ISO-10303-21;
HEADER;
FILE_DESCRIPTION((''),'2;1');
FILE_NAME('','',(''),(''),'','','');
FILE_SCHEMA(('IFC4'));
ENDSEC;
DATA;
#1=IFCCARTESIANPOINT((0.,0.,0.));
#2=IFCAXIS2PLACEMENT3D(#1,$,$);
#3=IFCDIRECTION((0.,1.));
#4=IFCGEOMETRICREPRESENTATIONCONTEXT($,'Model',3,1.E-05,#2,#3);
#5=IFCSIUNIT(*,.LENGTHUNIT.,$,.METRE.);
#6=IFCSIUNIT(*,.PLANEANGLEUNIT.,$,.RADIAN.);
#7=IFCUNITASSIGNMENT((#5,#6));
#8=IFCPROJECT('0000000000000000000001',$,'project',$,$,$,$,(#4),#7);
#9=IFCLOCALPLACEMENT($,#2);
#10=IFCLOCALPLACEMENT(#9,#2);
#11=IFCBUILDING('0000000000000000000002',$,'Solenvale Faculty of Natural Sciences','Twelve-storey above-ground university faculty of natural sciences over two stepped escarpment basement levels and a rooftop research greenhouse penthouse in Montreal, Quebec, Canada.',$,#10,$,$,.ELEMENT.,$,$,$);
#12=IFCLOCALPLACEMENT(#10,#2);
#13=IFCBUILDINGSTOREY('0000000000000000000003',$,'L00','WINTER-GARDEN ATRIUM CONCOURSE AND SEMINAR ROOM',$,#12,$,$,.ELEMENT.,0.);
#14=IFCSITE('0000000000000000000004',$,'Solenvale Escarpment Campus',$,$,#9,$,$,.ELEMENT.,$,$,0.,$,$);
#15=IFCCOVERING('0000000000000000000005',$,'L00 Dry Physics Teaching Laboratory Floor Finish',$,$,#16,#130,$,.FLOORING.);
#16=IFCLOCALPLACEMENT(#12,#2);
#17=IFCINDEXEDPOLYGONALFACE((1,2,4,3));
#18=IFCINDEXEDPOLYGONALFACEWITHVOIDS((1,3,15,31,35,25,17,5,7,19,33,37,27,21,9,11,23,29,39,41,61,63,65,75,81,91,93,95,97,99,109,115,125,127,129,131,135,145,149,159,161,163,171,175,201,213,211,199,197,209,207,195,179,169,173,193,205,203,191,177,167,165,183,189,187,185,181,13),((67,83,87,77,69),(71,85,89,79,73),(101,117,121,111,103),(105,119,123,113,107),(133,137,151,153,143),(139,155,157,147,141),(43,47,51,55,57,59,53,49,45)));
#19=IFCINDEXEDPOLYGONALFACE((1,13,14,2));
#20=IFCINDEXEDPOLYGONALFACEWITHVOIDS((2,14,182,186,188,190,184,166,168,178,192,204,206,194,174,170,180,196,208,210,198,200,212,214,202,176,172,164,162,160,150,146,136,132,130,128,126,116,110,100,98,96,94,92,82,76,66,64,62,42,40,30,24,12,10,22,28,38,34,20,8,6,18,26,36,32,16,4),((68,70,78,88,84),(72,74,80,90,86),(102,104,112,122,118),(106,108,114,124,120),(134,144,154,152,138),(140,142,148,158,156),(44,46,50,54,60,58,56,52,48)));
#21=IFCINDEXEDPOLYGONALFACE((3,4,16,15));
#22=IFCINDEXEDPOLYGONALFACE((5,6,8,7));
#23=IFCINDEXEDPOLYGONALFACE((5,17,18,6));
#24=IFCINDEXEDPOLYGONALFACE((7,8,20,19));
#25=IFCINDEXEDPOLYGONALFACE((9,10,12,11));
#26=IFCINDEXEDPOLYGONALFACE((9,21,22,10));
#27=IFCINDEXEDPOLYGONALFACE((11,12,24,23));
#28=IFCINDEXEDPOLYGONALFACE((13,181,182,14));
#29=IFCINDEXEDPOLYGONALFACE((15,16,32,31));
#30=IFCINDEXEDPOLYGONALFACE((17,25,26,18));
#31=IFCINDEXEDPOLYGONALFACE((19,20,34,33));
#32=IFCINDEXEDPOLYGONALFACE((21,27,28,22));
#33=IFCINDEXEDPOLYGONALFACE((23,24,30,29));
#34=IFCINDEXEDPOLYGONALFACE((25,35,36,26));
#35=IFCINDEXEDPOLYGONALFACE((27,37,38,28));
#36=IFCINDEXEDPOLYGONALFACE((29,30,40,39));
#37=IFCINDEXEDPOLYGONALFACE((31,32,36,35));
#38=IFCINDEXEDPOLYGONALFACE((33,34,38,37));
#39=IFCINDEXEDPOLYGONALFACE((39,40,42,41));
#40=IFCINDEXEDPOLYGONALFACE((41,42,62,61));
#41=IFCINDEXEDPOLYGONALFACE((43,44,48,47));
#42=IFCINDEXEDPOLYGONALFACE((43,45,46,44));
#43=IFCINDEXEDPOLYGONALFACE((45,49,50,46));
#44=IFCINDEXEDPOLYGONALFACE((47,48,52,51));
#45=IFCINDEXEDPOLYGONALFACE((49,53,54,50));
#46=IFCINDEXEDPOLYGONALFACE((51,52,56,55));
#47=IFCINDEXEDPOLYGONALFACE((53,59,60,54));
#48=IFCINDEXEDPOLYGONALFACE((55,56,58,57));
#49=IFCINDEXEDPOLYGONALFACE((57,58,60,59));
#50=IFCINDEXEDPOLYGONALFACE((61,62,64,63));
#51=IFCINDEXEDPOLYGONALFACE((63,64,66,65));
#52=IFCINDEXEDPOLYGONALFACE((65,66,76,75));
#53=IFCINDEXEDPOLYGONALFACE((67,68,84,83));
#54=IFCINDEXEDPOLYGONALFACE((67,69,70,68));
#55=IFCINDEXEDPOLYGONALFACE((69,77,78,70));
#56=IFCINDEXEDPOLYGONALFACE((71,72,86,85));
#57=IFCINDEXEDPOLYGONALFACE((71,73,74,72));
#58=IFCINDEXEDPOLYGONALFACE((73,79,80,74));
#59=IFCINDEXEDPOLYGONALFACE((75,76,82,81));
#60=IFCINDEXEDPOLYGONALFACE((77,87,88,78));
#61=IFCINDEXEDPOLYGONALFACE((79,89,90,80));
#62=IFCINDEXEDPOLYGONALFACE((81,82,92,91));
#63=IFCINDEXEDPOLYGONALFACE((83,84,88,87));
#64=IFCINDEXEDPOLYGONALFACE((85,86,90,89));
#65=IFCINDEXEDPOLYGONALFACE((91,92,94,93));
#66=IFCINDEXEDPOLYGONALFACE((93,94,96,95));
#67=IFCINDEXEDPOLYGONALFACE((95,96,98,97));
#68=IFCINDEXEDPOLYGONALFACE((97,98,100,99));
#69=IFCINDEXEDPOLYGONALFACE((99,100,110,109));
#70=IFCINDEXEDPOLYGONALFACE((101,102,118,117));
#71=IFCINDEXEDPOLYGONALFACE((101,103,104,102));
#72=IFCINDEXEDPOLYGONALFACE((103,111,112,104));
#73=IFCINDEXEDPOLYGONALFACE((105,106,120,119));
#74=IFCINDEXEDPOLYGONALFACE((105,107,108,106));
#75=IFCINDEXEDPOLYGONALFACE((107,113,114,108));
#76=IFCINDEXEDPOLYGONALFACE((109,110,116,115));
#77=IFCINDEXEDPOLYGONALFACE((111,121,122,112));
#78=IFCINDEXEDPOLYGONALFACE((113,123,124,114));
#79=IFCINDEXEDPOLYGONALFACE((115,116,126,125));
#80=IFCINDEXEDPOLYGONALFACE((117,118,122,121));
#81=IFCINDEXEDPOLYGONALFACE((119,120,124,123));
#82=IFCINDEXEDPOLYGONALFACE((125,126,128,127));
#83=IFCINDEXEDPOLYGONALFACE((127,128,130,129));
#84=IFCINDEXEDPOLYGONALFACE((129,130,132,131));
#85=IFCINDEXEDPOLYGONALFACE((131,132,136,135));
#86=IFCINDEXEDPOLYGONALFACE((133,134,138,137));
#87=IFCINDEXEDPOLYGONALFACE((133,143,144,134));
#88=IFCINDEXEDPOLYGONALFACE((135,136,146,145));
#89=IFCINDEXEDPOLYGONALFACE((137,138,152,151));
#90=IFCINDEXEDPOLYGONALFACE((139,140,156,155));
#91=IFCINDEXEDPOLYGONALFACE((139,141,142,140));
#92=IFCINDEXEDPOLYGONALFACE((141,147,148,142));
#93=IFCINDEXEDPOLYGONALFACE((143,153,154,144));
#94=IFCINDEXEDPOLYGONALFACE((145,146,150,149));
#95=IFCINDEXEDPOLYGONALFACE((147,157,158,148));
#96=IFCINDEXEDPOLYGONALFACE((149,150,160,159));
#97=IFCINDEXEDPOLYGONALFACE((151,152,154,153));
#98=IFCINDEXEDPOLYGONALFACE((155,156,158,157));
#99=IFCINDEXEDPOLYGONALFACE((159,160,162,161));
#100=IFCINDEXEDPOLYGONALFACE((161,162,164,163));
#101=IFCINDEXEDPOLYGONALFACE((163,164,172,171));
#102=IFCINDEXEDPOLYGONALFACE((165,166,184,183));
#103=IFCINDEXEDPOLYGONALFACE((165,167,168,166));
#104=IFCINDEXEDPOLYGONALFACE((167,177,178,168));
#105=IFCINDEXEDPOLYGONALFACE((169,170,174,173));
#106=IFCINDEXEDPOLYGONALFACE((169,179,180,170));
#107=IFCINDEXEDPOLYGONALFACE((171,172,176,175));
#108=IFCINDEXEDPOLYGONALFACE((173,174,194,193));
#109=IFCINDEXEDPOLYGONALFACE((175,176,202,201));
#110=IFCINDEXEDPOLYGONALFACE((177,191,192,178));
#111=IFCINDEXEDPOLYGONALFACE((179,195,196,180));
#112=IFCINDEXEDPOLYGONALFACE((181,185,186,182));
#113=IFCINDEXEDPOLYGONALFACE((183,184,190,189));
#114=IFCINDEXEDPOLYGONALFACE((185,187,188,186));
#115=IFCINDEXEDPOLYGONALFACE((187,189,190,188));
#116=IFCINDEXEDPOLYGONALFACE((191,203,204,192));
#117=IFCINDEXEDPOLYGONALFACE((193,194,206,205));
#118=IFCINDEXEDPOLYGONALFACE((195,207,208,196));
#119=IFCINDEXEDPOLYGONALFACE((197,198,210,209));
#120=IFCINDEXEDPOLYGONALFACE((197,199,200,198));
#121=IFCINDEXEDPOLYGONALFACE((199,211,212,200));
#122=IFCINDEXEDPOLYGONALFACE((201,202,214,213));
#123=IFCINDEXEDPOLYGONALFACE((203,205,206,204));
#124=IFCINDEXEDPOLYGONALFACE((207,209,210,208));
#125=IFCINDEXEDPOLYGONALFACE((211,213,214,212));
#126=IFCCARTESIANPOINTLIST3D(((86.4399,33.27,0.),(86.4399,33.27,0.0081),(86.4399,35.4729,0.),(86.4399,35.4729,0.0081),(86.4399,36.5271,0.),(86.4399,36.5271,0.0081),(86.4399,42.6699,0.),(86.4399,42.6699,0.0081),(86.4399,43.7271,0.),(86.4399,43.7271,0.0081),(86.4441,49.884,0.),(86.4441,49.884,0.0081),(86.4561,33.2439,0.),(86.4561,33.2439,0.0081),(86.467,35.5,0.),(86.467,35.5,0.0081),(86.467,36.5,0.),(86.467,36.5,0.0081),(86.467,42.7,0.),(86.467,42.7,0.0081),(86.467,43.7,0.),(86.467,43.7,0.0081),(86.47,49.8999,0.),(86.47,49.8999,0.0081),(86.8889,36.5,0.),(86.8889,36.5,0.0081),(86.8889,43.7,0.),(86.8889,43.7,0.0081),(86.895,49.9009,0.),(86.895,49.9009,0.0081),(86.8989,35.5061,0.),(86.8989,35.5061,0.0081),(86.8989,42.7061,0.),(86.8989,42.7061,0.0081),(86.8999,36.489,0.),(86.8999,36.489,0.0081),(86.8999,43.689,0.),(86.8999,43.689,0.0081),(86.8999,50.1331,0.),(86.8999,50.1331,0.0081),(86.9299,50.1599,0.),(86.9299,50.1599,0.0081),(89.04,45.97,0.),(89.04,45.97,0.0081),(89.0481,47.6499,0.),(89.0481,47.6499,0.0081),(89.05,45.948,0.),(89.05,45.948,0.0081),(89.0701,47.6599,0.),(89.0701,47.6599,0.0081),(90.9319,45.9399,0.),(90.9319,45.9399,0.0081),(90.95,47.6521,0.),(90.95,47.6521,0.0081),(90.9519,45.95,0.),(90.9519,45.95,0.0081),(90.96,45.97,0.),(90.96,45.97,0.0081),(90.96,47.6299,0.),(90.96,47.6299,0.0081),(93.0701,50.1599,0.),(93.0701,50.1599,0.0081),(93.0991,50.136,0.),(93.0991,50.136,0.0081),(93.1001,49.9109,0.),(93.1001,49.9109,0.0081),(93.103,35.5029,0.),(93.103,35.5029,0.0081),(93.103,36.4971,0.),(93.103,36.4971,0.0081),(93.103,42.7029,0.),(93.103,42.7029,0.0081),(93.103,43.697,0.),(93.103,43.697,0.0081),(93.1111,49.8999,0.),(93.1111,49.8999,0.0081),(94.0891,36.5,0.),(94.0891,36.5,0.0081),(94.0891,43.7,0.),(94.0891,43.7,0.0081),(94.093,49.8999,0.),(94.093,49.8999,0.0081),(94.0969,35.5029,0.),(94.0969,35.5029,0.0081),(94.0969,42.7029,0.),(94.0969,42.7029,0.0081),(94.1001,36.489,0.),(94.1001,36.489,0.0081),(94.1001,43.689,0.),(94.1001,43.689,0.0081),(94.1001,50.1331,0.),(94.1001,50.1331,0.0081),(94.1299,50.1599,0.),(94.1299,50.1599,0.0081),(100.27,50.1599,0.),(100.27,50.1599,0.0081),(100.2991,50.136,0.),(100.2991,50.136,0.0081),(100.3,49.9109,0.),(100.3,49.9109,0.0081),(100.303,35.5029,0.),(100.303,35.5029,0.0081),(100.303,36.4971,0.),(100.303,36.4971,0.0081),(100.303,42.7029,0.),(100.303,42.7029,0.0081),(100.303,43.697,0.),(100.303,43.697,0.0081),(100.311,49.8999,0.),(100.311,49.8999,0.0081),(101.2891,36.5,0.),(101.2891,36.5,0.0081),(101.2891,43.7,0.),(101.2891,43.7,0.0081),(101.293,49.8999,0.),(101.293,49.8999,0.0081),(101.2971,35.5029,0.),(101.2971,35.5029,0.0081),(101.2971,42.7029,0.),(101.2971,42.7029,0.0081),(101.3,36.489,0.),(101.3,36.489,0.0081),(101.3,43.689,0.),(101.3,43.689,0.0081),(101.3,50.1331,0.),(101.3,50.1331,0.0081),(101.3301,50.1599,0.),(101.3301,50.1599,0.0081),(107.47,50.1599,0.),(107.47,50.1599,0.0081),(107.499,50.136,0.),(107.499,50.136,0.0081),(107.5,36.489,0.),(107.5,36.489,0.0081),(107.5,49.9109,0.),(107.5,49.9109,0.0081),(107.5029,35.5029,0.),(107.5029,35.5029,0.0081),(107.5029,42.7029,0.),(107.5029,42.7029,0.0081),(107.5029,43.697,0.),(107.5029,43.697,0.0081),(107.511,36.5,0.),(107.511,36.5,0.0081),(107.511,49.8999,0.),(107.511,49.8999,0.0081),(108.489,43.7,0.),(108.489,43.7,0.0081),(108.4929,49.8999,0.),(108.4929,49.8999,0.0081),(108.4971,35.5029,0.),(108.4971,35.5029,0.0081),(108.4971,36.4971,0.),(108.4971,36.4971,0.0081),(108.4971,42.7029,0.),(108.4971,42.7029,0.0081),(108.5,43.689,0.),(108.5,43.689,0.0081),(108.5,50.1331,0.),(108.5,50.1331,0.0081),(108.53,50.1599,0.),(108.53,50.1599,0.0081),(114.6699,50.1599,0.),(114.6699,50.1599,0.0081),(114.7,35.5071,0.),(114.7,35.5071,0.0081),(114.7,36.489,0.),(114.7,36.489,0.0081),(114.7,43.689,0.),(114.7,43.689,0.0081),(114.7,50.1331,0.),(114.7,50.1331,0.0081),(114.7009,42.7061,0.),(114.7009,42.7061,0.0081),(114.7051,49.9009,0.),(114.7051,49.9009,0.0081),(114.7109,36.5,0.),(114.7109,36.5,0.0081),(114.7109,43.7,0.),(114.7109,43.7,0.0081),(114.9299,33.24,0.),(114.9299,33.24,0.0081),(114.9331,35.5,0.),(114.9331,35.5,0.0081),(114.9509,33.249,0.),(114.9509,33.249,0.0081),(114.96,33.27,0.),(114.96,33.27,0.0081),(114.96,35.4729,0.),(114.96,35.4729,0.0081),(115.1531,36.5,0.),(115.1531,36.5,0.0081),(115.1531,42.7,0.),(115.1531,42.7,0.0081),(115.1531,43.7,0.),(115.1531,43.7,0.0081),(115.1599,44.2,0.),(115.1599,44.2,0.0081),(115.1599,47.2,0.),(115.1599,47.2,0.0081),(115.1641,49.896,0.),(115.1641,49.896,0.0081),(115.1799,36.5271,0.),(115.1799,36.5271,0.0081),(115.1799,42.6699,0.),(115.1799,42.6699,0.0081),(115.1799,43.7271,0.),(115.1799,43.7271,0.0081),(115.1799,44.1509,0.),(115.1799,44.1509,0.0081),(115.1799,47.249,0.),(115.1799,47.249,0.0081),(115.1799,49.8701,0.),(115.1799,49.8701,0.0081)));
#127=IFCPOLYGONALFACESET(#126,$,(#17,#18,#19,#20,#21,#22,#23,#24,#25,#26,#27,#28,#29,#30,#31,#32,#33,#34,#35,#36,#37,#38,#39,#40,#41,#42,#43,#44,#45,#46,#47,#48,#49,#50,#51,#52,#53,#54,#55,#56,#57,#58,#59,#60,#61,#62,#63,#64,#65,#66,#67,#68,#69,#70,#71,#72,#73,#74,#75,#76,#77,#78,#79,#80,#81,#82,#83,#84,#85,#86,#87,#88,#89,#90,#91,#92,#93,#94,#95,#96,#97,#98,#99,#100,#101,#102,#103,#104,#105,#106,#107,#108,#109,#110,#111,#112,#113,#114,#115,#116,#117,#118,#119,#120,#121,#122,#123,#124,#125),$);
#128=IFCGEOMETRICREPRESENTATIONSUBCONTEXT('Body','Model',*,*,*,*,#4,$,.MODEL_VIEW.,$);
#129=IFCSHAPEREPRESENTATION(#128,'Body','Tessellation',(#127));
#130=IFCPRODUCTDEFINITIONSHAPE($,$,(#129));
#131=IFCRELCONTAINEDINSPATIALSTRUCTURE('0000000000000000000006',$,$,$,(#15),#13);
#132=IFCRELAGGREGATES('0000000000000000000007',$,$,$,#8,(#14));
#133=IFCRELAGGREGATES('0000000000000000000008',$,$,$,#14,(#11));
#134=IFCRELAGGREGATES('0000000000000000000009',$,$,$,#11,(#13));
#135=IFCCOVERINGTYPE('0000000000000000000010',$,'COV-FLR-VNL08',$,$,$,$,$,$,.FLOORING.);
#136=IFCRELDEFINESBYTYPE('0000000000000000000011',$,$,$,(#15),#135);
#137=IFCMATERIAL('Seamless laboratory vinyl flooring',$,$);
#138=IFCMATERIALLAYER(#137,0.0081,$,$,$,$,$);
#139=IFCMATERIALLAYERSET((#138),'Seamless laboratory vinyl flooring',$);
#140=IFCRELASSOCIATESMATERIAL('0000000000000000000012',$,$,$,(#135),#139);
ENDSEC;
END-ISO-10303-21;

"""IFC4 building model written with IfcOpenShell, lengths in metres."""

from ifc_helpers import new_model, si_unit, direction, origin, place, context, subcontext, project, spatial, polyline, outline, extrude, material, layer, layer_set, type_object, element, save


model = new_model("IFC4")

# Units and contexts
model_context = context("Model", 3, precision=1e-05, world=origin(), true_north=direction((0.0, 1.0)))
body_context = subcontext(model_context, "Body", "Model", "MODEL_VIEW")
ifc_project = project(units=[si_unit("LENGTHUNIT", "METRE"), si_unit("PLANEANGLEUNIT", "RADIAN")], contexts=[model_context])

# Site, building, storey
site_placement = place(None, origin())
site = spatial("IfcSite", under=ifc_project, at=site_placement, Name="Solenvale Escarpment Campus", CompositionType="ELEMENT", RefElevation=0.0)
building_placement = place(site_placement, origin())
building = spatial("IfcBuilding", under=site, at=building_placement, Name="Solenvale Faculty of Natural Sciences", Description="Twelve-storey above-ground university faculty of natural sciences over two stepped escarpment basement levels and a rooftop research greenhouse penthouse in Montreal, Quebec, Canada.", CompositionType="ELEMENT")
storey_placement = place(building_placement, origin())
storey = spatial("IfcBuildingStorey", under=building, at=storey_placement, Name="L00", Description="WINTER-GARDEN ATRIUM CONCOURSE AND SEMINAR ROOM", CompositionType="ELEMENT", Elevation=0.0)

# Covering
ifc_material_1 = material(Name="Seamless laboratory vinyl flooring")
ifc_layer_1 = layer(ifc_material_1, 0.0081)
ifc_layer_set_1 = layer_set([ifc_layer_1], Name="Seamless laboratory vinyl flooring")
covering_type_1 = type_object("IfcCoveringType", Name="COV-FLR-VNL08", PredefinedType="FLOORING", material=ifc_layer_set_1)
covering_1_placement = place(storey_placement, origin())
element("IfcCovering", 1, at=covering_1_placement, inside=storey, type_object=covering_type_1, Name="L00 Dry Physics Teaching Laboratory Floor Finish", PredefinedType="FLOORING", context=body_context, shape_type="SweptSolid", body=[
    extrude(outline(polyline([(114.96, 33.27), (114.9509, 33.249), (114.9299, 33.24), (86.4561, 33.2439), (86.4399, 33.27), (86.4399, 35.4729), (86.467, 35.5), (86.8989, 35.5061), (86.8999, 36.489), (86.8889, 36.5), (86.467, 36.5), (86.4399, 36.5271), (86.4399, 42.6699), (86.467, 42.7), (86.8989, 42.7061), (86.8999, 43.689), (86.8889, 43.7), (86.467, 43.7), (86.4399, 43.7271), (86.4441, 49.884), (86.47, 49.8999), (86.895, 49.9009), (86.8999, 50.1331), (86.9299, 50.1599), (93.0701, 50.1599), (93.0991, 50.136), (93.1001, 49.9109), (93.1111, 49.8999), (94.093, 49.8999), (94.1001, 50.1331), (94.1299, 50.1599), (100.27, 50.1599), (100.2991, 50.136), (100.3, 49.9109), (100.311, 49.8999), (101.293, 49.8999), (101.3, 50.1331), (101.3301, 50.1599), (107.47, 50.1599), (107.499, 50.136), (107.5, 49.9109), (107.511, 49.8999), (108.4929, 49.8999), (108.5, 50.1331), (108.53, 50.1599), (114.6699, 50.1599), (114.7, 50.1331), (114.7051, 49.9009), (115.1641, 49.896), (115.1799, 49.8701), (115.1799, 47.249), (115.1599, 47.2), (115.1599, 44.2), (115.1799, 44.1509), (115.1799, 43.7271), (115.1531, 43.7), (114.7109, 43.7), (114.7, 43.689), (114.7009, 42.7061), (115.1531, 42.7), (115.1799, 42.6699), (115.1799, 36.5271), (115.1531, 36.5), (114.7109, 36.5), (114.7, 36.489), (114.7, 35.5071), (114.9331, 35.5), (114.96, 35.4729), (114.96, 33.27)]), holes=[polyline([(107.511, 36.5), (107.5, 36.489), (107.5029, 35.5029), (108.4971, 35.5029), (108.4971, 36.4971), (107.511, 36.5)]), polyline([(108.5, 43.689), (108.489, 43.7), (107.5029, 43.697), (107.5029, 42.7029), (108.4971, 42.7029), (108.5, 43.689)]), polyline([(101.3, 36.489), (101.2891, 36.5), (100.303, 36.4971), (100.303, 35.5029), (101.2971, 35.5029), (101.3, 36.489)]), polyline([(101.3, 43.689), (101.2891, 43.7), (100.303, 43.697), (100.303, 42.7029), (101.2971, 42.7029), (101.3, 43.689)]), polyline([(94.1001, 36.489), (94.0891, 36.5), (93.103, 36.4971), (93.103, 35.5029), (94.0969, 35.5029), (94.1001, 36.489)]), polyline([(94.1001, 43.689), (94.0891, 43.7), (93.103, 43.697), (93.103, 42.7029), (94.0969, 42.7029), (94.1001, 43.689)]), polyline([(90.9319, 45.9399), (90.9519, 45.95), (90.96, 45.97), (90.96, 47.6299), (90.95, 47.6521), (89.0701, 47.6599), (89.0481, 47.6499), (89.04, 45.97), (89.05, 45.948), (90.9319, 45.9399)])]), origin(), (0.0, 0.0, 1.0), 0.0081),
])

save(model, "model.ifc")
